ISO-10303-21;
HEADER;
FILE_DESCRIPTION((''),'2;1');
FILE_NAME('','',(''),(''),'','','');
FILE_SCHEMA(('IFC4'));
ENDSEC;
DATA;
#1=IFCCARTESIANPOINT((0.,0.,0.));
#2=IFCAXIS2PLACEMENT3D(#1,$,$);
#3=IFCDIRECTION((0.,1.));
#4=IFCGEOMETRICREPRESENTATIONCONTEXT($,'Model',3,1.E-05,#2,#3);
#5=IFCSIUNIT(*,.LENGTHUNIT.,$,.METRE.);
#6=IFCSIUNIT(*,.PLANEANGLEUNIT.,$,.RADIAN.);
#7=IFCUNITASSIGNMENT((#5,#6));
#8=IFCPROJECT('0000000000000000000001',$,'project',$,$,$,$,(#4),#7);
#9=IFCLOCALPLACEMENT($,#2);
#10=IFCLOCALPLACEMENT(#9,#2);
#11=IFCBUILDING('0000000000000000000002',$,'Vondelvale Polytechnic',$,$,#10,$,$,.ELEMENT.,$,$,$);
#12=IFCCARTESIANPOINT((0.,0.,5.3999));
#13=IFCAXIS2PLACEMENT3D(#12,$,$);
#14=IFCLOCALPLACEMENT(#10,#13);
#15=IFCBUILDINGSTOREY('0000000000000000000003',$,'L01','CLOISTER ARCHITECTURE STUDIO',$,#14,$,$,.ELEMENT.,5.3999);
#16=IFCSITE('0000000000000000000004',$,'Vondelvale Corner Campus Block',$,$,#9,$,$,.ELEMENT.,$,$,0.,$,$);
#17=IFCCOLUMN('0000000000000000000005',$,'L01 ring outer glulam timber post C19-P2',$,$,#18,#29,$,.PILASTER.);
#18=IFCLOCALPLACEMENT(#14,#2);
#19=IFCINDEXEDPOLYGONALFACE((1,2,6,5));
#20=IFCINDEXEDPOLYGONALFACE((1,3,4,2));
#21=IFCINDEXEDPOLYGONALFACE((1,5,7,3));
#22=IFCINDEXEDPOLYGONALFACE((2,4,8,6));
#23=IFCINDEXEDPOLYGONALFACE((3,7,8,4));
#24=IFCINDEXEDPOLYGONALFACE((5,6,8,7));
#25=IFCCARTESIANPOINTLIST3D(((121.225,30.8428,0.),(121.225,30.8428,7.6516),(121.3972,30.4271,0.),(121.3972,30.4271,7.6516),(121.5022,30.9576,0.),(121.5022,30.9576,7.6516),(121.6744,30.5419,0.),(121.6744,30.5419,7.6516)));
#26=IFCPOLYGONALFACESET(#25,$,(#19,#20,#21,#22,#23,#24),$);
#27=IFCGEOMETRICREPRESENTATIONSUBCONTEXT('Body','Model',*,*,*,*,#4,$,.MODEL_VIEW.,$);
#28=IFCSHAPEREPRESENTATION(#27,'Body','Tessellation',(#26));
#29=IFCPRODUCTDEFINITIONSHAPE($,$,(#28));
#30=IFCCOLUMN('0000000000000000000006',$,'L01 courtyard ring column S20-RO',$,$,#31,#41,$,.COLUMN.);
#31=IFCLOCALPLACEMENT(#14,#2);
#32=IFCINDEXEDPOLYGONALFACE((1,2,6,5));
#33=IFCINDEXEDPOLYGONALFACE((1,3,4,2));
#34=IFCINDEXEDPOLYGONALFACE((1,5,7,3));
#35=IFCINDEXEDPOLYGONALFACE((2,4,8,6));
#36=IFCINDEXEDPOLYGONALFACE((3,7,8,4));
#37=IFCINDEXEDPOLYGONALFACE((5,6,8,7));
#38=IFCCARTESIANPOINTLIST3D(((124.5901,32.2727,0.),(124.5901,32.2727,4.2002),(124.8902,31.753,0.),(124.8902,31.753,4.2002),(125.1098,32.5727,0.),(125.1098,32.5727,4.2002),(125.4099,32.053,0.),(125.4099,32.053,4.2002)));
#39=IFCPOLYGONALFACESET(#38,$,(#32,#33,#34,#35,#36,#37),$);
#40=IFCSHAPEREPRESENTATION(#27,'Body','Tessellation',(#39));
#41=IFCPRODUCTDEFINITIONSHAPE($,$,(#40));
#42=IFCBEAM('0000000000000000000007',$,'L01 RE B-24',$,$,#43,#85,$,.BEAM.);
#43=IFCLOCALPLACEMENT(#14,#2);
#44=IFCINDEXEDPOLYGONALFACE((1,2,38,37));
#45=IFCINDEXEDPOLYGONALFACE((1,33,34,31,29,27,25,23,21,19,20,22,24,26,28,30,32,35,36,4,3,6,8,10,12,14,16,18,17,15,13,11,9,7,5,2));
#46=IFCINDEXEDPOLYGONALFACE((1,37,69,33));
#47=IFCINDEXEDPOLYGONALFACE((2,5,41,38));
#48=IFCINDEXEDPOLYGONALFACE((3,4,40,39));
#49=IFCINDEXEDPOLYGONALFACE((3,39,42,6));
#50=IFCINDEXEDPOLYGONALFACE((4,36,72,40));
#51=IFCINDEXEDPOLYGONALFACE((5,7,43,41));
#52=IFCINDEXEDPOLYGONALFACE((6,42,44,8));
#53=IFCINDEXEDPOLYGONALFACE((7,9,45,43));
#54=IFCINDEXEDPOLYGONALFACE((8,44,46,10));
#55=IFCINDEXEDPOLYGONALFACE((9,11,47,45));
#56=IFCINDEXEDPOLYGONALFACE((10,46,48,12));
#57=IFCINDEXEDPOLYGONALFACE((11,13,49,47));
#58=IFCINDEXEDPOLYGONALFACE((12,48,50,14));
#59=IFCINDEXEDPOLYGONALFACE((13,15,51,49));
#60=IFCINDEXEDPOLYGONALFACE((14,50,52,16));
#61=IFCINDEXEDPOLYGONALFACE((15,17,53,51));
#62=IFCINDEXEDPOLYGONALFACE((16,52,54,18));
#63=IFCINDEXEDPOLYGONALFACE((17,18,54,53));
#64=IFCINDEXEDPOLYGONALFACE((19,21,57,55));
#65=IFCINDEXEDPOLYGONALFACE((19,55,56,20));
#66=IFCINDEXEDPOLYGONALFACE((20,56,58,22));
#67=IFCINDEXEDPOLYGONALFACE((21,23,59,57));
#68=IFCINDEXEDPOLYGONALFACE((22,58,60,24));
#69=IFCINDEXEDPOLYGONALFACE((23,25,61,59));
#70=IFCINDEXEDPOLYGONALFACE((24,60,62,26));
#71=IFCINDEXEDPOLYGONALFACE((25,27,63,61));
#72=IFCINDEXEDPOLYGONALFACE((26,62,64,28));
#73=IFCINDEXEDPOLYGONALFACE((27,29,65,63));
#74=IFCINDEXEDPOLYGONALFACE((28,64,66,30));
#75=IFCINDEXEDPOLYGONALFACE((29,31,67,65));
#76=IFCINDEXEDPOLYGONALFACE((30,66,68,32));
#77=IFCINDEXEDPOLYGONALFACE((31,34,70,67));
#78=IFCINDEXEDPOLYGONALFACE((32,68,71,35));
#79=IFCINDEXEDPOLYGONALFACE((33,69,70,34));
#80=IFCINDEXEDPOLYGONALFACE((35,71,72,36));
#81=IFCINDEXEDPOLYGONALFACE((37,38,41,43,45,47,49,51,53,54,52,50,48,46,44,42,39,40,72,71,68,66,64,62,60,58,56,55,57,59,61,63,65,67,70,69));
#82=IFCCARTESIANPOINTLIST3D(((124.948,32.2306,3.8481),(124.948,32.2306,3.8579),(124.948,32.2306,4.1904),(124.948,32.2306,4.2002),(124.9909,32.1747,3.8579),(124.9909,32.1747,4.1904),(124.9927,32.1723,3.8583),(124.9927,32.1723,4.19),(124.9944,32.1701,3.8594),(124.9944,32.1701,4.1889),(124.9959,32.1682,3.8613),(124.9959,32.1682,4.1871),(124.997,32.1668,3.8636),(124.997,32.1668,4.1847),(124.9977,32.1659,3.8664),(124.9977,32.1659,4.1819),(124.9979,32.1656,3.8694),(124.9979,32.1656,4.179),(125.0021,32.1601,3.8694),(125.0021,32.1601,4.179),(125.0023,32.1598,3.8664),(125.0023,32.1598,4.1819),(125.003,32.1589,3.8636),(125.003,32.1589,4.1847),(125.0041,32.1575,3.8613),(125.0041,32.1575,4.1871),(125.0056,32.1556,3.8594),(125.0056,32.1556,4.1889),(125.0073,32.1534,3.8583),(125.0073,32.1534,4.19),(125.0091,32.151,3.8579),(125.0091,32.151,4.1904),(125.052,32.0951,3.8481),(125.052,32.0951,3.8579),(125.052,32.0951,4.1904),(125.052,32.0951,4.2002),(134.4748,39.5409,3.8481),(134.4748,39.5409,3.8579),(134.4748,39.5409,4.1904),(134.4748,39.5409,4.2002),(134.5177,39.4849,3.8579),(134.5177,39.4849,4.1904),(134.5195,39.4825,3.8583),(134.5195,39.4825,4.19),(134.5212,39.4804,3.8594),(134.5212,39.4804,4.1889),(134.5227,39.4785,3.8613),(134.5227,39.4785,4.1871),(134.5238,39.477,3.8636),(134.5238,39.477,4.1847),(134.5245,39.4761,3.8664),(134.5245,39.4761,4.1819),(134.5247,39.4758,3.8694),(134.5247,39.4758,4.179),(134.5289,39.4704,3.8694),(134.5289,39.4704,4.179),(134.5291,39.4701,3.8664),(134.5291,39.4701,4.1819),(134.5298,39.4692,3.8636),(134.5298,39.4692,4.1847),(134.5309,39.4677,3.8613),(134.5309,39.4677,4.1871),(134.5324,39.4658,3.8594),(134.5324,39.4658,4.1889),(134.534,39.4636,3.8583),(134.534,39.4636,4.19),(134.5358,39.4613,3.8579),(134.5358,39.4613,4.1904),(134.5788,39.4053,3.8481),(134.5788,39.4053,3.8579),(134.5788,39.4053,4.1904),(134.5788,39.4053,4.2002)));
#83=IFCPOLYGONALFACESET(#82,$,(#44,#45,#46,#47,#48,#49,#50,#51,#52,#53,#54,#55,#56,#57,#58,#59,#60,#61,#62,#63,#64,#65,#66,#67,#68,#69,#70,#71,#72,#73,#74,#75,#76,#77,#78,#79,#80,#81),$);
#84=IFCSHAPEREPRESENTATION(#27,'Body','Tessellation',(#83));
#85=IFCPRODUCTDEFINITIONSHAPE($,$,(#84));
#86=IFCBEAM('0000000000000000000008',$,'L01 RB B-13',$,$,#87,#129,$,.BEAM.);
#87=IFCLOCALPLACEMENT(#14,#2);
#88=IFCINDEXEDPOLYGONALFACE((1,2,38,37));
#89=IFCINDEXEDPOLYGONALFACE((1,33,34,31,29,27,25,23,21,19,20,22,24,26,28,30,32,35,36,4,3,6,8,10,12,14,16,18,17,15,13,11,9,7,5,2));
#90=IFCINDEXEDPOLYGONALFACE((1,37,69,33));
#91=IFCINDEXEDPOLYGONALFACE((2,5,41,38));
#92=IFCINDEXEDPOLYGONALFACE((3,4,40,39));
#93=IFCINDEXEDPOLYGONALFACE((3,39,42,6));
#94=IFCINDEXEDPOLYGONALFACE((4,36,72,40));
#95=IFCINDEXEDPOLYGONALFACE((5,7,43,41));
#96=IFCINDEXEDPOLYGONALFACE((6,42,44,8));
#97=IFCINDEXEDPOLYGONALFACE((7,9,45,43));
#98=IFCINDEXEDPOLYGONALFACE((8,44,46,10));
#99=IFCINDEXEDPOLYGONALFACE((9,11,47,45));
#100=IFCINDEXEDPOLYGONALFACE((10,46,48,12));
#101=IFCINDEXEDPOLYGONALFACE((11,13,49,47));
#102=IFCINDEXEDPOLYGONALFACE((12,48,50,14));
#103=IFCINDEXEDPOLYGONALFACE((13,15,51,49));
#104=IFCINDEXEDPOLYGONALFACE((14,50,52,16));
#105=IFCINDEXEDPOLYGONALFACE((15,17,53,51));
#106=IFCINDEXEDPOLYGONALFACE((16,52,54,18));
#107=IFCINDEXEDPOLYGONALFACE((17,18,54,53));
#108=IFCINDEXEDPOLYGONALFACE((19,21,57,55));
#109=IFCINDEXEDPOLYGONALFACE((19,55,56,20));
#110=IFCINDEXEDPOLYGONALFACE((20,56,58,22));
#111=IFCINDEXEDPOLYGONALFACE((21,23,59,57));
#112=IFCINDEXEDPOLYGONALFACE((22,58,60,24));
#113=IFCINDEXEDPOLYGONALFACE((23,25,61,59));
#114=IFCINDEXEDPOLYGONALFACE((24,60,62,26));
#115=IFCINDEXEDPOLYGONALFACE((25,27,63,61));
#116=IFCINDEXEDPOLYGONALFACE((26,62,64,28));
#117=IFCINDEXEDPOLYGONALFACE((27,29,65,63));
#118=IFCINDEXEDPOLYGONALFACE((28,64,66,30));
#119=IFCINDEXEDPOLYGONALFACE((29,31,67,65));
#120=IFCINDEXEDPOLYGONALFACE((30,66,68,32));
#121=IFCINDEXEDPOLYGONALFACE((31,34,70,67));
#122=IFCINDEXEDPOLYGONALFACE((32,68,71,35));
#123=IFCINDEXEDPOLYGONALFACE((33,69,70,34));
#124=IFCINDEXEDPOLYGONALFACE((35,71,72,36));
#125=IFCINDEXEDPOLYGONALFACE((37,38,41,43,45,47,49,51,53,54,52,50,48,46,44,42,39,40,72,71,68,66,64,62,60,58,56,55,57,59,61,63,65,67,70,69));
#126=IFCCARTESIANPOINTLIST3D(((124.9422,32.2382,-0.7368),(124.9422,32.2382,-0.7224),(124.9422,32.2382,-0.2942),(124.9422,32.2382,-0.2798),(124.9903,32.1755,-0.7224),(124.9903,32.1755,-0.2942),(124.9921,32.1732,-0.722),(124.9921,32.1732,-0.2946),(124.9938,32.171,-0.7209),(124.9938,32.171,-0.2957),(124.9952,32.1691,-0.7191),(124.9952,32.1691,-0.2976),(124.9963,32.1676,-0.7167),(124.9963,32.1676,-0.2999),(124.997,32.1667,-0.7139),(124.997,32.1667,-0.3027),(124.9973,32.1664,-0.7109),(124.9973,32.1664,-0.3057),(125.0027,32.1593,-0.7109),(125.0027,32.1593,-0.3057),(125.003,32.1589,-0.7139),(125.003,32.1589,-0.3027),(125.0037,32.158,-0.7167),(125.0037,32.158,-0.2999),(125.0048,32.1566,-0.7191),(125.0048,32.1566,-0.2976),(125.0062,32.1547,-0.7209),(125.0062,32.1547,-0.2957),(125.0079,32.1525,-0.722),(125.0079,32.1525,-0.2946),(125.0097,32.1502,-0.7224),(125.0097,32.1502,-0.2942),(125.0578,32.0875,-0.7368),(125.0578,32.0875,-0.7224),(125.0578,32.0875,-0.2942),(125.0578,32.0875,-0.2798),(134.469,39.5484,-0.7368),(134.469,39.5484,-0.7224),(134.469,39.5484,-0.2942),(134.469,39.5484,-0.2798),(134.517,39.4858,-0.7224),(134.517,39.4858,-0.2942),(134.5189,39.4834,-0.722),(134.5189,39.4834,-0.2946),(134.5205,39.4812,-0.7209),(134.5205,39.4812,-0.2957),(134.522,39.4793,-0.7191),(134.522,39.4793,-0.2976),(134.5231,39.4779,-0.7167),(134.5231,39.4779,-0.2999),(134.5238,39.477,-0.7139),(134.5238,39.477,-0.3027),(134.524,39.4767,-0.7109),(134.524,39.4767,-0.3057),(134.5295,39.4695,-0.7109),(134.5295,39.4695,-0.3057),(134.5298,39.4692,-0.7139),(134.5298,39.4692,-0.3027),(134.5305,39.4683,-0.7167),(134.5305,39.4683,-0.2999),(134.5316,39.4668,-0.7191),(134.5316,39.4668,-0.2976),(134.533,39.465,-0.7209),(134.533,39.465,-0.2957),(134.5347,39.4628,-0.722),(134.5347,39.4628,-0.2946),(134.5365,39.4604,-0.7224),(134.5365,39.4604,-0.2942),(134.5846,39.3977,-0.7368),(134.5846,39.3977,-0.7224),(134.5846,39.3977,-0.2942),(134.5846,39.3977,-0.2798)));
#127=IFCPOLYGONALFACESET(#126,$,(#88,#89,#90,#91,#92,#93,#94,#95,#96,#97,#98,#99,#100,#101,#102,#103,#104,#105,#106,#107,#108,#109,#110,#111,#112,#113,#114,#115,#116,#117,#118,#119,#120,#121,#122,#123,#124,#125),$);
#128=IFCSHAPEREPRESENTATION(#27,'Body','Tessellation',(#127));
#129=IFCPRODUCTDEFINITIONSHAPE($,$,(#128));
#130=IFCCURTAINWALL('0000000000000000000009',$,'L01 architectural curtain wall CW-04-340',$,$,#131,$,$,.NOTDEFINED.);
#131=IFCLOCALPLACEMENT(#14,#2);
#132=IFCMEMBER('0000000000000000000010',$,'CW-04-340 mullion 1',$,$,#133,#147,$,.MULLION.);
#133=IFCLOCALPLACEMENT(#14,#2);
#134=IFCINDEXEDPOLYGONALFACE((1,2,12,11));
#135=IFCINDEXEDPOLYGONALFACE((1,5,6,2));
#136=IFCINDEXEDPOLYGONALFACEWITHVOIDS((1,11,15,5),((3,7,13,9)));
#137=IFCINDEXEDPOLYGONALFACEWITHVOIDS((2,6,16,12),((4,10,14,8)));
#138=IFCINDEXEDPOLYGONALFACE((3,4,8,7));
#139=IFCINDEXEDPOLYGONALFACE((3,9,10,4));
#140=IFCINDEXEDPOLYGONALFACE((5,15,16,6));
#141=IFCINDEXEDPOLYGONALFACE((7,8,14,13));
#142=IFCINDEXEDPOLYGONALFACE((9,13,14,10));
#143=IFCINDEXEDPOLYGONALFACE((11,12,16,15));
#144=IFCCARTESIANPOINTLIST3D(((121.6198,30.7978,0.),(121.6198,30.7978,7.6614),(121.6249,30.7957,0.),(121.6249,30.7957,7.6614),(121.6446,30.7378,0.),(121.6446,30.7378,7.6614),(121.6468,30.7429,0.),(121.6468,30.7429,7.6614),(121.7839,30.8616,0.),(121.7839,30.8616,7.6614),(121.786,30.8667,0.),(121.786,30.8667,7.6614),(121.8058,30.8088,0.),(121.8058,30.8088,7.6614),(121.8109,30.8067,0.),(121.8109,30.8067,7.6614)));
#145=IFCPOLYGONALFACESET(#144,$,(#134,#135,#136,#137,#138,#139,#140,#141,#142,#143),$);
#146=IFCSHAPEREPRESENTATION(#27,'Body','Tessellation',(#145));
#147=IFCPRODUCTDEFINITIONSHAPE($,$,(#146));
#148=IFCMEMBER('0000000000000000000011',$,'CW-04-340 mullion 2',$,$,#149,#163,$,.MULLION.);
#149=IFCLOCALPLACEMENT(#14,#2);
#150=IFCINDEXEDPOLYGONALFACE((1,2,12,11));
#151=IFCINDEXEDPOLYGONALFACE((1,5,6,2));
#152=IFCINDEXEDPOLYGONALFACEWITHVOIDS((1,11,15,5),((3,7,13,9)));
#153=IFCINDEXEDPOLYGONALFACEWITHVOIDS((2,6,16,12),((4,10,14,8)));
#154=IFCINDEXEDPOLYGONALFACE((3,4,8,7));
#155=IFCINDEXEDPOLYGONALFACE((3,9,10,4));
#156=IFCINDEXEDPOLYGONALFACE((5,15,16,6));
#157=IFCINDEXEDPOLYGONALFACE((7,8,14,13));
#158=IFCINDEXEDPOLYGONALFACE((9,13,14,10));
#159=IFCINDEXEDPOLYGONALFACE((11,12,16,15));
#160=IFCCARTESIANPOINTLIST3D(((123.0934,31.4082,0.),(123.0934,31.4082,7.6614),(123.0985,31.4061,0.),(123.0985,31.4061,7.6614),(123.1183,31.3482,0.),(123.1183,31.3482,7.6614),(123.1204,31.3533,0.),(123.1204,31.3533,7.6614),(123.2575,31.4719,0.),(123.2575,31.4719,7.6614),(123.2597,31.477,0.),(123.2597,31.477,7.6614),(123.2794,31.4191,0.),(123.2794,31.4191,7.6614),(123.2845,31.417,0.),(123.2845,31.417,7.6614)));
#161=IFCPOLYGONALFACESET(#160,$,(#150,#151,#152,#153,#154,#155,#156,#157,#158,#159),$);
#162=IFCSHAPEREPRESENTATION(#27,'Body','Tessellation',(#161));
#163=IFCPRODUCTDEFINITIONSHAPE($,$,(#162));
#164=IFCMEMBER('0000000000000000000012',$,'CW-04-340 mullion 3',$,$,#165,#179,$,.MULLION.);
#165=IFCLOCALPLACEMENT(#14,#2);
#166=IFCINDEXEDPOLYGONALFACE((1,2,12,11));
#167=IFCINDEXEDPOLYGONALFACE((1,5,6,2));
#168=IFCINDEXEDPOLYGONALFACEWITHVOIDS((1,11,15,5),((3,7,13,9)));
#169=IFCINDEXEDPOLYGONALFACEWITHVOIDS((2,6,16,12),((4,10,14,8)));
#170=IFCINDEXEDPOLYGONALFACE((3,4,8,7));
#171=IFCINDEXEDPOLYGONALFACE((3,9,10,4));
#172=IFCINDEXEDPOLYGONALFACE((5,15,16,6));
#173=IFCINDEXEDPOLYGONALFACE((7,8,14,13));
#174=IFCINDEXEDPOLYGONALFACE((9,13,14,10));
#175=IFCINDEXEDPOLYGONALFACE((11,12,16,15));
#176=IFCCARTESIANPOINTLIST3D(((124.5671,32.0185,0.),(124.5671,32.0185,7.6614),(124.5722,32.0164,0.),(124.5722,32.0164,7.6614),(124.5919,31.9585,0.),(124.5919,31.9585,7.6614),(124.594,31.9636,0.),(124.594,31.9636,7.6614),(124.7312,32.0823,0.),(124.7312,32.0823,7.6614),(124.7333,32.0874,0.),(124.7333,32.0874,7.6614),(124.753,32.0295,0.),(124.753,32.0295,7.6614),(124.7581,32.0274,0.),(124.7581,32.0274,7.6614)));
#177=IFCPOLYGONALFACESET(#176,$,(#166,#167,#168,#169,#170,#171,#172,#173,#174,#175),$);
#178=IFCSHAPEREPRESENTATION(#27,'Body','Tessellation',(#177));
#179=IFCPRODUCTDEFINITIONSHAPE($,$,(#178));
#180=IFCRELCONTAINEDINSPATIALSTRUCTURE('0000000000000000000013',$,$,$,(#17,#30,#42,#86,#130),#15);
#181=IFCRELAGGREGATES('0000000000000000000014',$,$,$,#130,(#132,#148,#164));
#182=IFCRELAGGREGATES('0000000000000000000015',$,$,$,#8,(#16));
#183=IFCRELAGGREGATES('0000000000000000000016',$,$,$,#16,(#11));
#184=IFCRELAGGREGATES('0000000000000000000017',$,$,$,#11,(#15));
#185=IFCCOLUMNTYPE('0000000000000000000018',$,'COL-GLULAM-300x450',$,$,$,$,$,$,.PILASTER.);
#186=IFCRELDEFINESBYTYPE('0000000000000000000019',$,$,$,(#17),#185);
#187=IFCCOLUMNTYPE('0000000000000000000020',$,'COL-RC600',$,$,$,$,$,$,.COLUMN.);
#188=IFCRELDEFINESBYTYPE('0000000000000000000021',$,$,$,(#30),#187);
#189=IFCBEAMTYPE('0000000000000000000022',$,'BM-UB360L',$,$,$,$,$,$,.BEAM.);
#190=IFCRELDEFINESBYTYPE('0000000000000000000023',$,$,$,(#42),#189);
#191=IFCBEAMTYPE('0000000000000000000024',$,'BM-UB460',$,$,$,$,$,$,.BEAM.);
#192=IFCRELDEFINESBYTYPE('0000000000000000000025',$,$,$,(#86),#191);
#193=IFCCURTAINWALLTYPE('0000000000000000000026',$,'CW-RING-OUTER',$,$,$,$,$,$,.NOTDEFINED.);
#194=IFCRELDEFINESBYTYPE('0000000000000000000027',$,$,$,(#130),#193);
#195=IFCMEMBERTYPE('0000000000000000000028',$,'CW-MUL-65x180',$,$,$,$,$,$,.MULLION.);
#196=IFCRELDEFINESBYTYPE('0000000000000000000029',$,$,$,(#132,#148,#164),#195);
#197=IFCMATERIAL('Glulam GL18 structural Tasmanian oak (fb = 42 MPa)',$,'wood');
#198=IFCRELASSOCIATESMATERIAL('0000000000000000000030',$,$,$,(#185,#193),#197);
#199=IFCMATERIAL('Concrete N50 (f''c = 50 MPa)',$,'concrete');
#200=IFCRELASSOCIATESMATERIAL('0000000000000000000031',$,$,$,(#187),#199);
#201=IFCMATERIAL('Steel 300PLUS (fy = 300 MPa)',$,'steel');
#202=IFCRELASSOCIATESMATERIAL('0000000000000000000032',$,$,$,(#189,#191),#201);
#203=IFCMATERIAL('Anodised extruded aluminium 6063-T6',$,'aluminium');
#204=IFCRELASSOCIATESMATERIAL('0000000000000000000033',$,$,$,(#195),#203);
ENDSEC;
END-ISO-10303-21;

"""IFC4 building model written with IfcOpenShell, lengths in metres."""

from ifc_helpers import new_model, si_unit, direction, frame, origin, origin_2d, place, context, subcontext, project, spatial, rectangle, hollow_rectangle, i_section, extrude, material, material_profile, profile_set, type_object, element, aggregate, save


model = new_model("IFC4")

# Units and contexts
model_context = context("Model", 3, precision=1e-05, world=origin(), true_north=direction((0.0, 1.0)))
body_context = subcontext(model_context, "Body", "Model", "MODEL_VIEW")
ifc_project = project(units=[si_unit("LENGTHUNIT", "METRE"), si_unit("PLANEANGLEUNIT", "RADIAN")], contexts=[model_context])

# Site, building, storey
site_placement = place(None, origin())
site = spatial("IfcSite", under=ifc_project, at=site_placement, Name="Vondelvale Corner Campus Block", CompositionType="ELEMENT", RefElevation=0.0)
building_placement = place(site_placement, origin())
building = spatial("IfcBuilding", under=site, at=building_placement, Name="Vondelvale Polytechnic", CompositionType="ELEMENT")
storey_placement = place(building_placement, frame((0.0, 0.0, 5.3999)))
storey = spatial("IfcBuildingStorey", under=building, at=storey_placement, Name="L01", Description="CLOISTER ARCHITECTURE STUDIO", CompositionType="ELEMENT", Elevation=5.3999)

# Columns
ifc_material_1 = material(Name="Glulam GL18 structural Tasmanian oak (fb = 42 MPa)", Category="wood")
ifc_material_profile_1 = material_profile(ifc_material_1, rectangle(XDim=0.3, YDim=0.45, at=origin_2d()), Name="GL-POST-300x450")
ifc_profile_set_1 = profile_set([ifc_material_profile_1], Name="Glulam GL18 structural Tasmanian oak (fb = 42 MPa)")
column_type_1 = type_object("IfcColumnType", Name="COL-GLULAM-300x450", PredefinedType="PILASTER", material=ifc_profile_set_1)
column_1_placement = place(storey_placement, frame((121.4497, 30.6924, 0.0), z_axis=(0.0, 0.0, 1.0), x_axis=(0.92388, 0.382683, 0.0)))
element("IfcColumn", 1, at=column_1_placement, inside=storey, type_object=column_type_1, Name="L01 ring outer glulam timber post C19-P2", PredefinedType="PILASTER", context=body_context, shape_type="SweptSolid", body=[
    extrude(rectangle(XDim=0.3, YDim=0.45, at=origin_2d()), origin(), (0.0, 0.0, 1.0), 7.6516),
])
ifc_material_2 = material(Name="Concrete N50 (f'c = 50 MPa)", Category="concrete")
ifc_material_profile_2 = material_profile(ifc_material_2, rectangle(XDim=0.6001, YDim=0.6001, at=origin_2d()), Name="RC-COL-600x600")
ifc_profile_set_2 = profile_set([ifc_material_profile_2], Name="Concrete N50 (f'c = 50 MPa)")
column_type_2 = type_object("IfcColumnType", Name="COL-RC600", PredefinedType="COLUMN", material=ifc_profile_set_2)
column_2_placement = place(storey_placement, frame((125.0, 32.1628, 0.0), z_axis=(0.0, 0.0, 1.0), x_axis=(-0.5, 0.866025, 0.0)))
element("IfcColumn", 2, at=column_2_placement, inside=storey, type_object=column_type_2, Name="L01 courtyard ring column S20-RO", PredefinedType="COLUMN", context=body_context, shape_type="SweptSolid", body=[
    extrude(rectangle(XDim=0.6001, YDim=0.6001, at=origin_2d()), origin(), (0.0, 0.0, 1.0), 4.2002),
])

# Beams
ifc_material_3 = material(Name="Steel 300PLUS (fy = 300 MPa)", Category="steel")
ifc_material_profile_3 = material_profile(ifc_material_3, i_section(OverallWidth=0.1709, OverallDepth=0.3521, WebThickness=0.0068, FlangeThickness=0.0098, FilletRadius=0.0115, at=origin_2d()), Name="360UB44.7")
ifc_profile_set_3 = profile_set([ifc_material_profile_3], Name="Steel 300PLUS (fy = 300 MPa)")
beam_type_1 = type_object("IfcBeamType", Name="BM-UB360L", PredefinedType="BEAM", material=ifc_profile_set_3)
beam_1_placement = place(storey_placement, frame((125.0, 32.1628, 4.0242), z_axis=(0.79335, 0.608766, 0.0), x_axis=(-0.608766, 0.79335, 0.0)))
element("IfcBeam", 3, at=beam_1_placement, inside=storey, type_object=beam_type_1, Name="L01 RE B-24", PredefinedType="BEAM", context=body_context, shape_type="SweptSolid", body=[
    extrude(i_section(OverallWidth=0.1709, OverallDepth=0.3521, WebThickness=0.0068, FlangeThickness=0.0098, FilletRadius=0.0115, at=origin_2d()), origin(), (0.0, 0.0, 1.0), 12.0083),
])
ifc_material_profile_4 = material_profile(ifc_material_3, i_section(OverallWidth=0.1899, OverallDepth=0.457, WebThickness=0.009, FlangeThickness=0.0144, FilletRadius=0.0115, at=origin_2d()), Name="460UB74.6")
ifc_profile_set_4 = profile_set([ifc_material_profile_4], Name="Steel 300PLUS (fy = 300 MPa)")
beam_type_2 = type_object("IfcBeamType", Name="BM-UB460", PredefinedType="BEAM", material=ifc_profile_set_4)
beam_2_placement = place(storey_placement, frame((125.0, 32.1628, -0.5083), z_axis=(0.79335, 0.608766, 0.0), x_axis=(-0.608766, 0.79335, 0.0)))
element("IfcBeam", 4, at=beam_2_placement, inside=storey, type_object=beam_type_2, Name="L01 RB B-13", PredefinedType="BEAM", context=body_context, shape_type="SweptSolid", body=[
    extrude(i_section(OverallWidth=0.1899, OverallDepth=0.457, WebThickness=0.009, FlangeThickness=0.0144, FilletRadius=0.0115, at=origin_2d()), origin(), (0.0, 0.0, 1.0), 12.0083),
])

# Curtain wall, members
curtain_wall_type = type_object("IfcCurtainWallType", Name="CW-RING-OUTER", PredefinedType="NOTDEFINED", material=ifc_material_1)
curtain_wall_1_placement = place(storey_placement, origin())
curtain_wall_1 = element("IfcCurtainWall", 5, at=curtain_wall_1_placement, inside=storey, type_object=curtain_wall_type, Name="L01 architectural curtain wall CW-04-340", PredefinedType="NOTDEFINED")
ifc_material_4 = material(Name="Anodised extruded aluminium 6063-T6", Category="aluminium")
ifc_material_profile_5 = material_profile(ifc_material_4, hollow_rectangle(XDim=0.0649, YDim=0.1799, WallThickness=0.0039, at=origin_2d()), Name="CW-MUL-180x65")
ifc_profile_set_5 = profile_set([ifc_material_profile_5], Name="Anodised extruded aluminium 6063-T6")
member_type_1 = type_object("IfcMemberType", Name="CW-MUL-65x180", PredefinedType="MULLION", material=ifc_profile_set_5)
member_1_placement = place(storey_placement, frame((121.7153, 30.8022, 0.0), z_axis=(0.0, 0.0, 1.0), x_axis=(-0.382677, 0.923882, 0.0)))
member_1 = element("IfcMember", 6, at=member_1_placement, type_object=member_type_1, Name="CW-04-340 mullion 1", PredefinedType="MULLION", context=body_context, shape_type="SweptSolid", body=[
    extrude(hollow_rectangle(XDim=0.0649, YDim=0.1799, WallThickness=0.0039, at=origin_2d()), origin(), (0.0, 0.0, 1.0), 7.6614),
])
member_2_placement = place(storey_placement, frame((123.189, 31.4126, 0.0), z_axis=(0.0, 0.0, 1.0), x_axis=(-0.382677, 0.923882, 0.0)))
member_2 = element("IfcMember", 7, at=member_2_placement, type_object=member_type_1, Name="CW-04-340 mullion 2", PredefinedType="MULLION", context=body_context, shape_type="SweptSolid", body=[
    extrude(hollow_rectangle(XDim=0.0649, YDim=0.1799, WallThickness=0.0039, at=origin_2d()), origin(), (0.0, 0.0, 1.0), 7.6614),
])
member_3_placement = place(storey_placement, frame((124.6626, 32.0229, 0.0), z_axis=(0.0, 0.0, 1.0), x_axis=(-0.382677, 0.923882, 0.0)))
member_3 = element("IfcMember", 8, at=member_3_placement, type_object=member_type_1, Name="CW-04-340 mullion 3", PredefinedType="MULLION", context=body_context, shape_type="SweptSolid", body=[
    extrude(hollow_rectangle(XDim=0.0649, YDim=0.1799, WallThickness=0.0039, at=origin_2d()), origin(), (0.0, 0.0, 1.0), 7.6614),
])

aggregate(curtain_wall_1, [member_1, member_2, member_3])

save(model, "model.ifc")
